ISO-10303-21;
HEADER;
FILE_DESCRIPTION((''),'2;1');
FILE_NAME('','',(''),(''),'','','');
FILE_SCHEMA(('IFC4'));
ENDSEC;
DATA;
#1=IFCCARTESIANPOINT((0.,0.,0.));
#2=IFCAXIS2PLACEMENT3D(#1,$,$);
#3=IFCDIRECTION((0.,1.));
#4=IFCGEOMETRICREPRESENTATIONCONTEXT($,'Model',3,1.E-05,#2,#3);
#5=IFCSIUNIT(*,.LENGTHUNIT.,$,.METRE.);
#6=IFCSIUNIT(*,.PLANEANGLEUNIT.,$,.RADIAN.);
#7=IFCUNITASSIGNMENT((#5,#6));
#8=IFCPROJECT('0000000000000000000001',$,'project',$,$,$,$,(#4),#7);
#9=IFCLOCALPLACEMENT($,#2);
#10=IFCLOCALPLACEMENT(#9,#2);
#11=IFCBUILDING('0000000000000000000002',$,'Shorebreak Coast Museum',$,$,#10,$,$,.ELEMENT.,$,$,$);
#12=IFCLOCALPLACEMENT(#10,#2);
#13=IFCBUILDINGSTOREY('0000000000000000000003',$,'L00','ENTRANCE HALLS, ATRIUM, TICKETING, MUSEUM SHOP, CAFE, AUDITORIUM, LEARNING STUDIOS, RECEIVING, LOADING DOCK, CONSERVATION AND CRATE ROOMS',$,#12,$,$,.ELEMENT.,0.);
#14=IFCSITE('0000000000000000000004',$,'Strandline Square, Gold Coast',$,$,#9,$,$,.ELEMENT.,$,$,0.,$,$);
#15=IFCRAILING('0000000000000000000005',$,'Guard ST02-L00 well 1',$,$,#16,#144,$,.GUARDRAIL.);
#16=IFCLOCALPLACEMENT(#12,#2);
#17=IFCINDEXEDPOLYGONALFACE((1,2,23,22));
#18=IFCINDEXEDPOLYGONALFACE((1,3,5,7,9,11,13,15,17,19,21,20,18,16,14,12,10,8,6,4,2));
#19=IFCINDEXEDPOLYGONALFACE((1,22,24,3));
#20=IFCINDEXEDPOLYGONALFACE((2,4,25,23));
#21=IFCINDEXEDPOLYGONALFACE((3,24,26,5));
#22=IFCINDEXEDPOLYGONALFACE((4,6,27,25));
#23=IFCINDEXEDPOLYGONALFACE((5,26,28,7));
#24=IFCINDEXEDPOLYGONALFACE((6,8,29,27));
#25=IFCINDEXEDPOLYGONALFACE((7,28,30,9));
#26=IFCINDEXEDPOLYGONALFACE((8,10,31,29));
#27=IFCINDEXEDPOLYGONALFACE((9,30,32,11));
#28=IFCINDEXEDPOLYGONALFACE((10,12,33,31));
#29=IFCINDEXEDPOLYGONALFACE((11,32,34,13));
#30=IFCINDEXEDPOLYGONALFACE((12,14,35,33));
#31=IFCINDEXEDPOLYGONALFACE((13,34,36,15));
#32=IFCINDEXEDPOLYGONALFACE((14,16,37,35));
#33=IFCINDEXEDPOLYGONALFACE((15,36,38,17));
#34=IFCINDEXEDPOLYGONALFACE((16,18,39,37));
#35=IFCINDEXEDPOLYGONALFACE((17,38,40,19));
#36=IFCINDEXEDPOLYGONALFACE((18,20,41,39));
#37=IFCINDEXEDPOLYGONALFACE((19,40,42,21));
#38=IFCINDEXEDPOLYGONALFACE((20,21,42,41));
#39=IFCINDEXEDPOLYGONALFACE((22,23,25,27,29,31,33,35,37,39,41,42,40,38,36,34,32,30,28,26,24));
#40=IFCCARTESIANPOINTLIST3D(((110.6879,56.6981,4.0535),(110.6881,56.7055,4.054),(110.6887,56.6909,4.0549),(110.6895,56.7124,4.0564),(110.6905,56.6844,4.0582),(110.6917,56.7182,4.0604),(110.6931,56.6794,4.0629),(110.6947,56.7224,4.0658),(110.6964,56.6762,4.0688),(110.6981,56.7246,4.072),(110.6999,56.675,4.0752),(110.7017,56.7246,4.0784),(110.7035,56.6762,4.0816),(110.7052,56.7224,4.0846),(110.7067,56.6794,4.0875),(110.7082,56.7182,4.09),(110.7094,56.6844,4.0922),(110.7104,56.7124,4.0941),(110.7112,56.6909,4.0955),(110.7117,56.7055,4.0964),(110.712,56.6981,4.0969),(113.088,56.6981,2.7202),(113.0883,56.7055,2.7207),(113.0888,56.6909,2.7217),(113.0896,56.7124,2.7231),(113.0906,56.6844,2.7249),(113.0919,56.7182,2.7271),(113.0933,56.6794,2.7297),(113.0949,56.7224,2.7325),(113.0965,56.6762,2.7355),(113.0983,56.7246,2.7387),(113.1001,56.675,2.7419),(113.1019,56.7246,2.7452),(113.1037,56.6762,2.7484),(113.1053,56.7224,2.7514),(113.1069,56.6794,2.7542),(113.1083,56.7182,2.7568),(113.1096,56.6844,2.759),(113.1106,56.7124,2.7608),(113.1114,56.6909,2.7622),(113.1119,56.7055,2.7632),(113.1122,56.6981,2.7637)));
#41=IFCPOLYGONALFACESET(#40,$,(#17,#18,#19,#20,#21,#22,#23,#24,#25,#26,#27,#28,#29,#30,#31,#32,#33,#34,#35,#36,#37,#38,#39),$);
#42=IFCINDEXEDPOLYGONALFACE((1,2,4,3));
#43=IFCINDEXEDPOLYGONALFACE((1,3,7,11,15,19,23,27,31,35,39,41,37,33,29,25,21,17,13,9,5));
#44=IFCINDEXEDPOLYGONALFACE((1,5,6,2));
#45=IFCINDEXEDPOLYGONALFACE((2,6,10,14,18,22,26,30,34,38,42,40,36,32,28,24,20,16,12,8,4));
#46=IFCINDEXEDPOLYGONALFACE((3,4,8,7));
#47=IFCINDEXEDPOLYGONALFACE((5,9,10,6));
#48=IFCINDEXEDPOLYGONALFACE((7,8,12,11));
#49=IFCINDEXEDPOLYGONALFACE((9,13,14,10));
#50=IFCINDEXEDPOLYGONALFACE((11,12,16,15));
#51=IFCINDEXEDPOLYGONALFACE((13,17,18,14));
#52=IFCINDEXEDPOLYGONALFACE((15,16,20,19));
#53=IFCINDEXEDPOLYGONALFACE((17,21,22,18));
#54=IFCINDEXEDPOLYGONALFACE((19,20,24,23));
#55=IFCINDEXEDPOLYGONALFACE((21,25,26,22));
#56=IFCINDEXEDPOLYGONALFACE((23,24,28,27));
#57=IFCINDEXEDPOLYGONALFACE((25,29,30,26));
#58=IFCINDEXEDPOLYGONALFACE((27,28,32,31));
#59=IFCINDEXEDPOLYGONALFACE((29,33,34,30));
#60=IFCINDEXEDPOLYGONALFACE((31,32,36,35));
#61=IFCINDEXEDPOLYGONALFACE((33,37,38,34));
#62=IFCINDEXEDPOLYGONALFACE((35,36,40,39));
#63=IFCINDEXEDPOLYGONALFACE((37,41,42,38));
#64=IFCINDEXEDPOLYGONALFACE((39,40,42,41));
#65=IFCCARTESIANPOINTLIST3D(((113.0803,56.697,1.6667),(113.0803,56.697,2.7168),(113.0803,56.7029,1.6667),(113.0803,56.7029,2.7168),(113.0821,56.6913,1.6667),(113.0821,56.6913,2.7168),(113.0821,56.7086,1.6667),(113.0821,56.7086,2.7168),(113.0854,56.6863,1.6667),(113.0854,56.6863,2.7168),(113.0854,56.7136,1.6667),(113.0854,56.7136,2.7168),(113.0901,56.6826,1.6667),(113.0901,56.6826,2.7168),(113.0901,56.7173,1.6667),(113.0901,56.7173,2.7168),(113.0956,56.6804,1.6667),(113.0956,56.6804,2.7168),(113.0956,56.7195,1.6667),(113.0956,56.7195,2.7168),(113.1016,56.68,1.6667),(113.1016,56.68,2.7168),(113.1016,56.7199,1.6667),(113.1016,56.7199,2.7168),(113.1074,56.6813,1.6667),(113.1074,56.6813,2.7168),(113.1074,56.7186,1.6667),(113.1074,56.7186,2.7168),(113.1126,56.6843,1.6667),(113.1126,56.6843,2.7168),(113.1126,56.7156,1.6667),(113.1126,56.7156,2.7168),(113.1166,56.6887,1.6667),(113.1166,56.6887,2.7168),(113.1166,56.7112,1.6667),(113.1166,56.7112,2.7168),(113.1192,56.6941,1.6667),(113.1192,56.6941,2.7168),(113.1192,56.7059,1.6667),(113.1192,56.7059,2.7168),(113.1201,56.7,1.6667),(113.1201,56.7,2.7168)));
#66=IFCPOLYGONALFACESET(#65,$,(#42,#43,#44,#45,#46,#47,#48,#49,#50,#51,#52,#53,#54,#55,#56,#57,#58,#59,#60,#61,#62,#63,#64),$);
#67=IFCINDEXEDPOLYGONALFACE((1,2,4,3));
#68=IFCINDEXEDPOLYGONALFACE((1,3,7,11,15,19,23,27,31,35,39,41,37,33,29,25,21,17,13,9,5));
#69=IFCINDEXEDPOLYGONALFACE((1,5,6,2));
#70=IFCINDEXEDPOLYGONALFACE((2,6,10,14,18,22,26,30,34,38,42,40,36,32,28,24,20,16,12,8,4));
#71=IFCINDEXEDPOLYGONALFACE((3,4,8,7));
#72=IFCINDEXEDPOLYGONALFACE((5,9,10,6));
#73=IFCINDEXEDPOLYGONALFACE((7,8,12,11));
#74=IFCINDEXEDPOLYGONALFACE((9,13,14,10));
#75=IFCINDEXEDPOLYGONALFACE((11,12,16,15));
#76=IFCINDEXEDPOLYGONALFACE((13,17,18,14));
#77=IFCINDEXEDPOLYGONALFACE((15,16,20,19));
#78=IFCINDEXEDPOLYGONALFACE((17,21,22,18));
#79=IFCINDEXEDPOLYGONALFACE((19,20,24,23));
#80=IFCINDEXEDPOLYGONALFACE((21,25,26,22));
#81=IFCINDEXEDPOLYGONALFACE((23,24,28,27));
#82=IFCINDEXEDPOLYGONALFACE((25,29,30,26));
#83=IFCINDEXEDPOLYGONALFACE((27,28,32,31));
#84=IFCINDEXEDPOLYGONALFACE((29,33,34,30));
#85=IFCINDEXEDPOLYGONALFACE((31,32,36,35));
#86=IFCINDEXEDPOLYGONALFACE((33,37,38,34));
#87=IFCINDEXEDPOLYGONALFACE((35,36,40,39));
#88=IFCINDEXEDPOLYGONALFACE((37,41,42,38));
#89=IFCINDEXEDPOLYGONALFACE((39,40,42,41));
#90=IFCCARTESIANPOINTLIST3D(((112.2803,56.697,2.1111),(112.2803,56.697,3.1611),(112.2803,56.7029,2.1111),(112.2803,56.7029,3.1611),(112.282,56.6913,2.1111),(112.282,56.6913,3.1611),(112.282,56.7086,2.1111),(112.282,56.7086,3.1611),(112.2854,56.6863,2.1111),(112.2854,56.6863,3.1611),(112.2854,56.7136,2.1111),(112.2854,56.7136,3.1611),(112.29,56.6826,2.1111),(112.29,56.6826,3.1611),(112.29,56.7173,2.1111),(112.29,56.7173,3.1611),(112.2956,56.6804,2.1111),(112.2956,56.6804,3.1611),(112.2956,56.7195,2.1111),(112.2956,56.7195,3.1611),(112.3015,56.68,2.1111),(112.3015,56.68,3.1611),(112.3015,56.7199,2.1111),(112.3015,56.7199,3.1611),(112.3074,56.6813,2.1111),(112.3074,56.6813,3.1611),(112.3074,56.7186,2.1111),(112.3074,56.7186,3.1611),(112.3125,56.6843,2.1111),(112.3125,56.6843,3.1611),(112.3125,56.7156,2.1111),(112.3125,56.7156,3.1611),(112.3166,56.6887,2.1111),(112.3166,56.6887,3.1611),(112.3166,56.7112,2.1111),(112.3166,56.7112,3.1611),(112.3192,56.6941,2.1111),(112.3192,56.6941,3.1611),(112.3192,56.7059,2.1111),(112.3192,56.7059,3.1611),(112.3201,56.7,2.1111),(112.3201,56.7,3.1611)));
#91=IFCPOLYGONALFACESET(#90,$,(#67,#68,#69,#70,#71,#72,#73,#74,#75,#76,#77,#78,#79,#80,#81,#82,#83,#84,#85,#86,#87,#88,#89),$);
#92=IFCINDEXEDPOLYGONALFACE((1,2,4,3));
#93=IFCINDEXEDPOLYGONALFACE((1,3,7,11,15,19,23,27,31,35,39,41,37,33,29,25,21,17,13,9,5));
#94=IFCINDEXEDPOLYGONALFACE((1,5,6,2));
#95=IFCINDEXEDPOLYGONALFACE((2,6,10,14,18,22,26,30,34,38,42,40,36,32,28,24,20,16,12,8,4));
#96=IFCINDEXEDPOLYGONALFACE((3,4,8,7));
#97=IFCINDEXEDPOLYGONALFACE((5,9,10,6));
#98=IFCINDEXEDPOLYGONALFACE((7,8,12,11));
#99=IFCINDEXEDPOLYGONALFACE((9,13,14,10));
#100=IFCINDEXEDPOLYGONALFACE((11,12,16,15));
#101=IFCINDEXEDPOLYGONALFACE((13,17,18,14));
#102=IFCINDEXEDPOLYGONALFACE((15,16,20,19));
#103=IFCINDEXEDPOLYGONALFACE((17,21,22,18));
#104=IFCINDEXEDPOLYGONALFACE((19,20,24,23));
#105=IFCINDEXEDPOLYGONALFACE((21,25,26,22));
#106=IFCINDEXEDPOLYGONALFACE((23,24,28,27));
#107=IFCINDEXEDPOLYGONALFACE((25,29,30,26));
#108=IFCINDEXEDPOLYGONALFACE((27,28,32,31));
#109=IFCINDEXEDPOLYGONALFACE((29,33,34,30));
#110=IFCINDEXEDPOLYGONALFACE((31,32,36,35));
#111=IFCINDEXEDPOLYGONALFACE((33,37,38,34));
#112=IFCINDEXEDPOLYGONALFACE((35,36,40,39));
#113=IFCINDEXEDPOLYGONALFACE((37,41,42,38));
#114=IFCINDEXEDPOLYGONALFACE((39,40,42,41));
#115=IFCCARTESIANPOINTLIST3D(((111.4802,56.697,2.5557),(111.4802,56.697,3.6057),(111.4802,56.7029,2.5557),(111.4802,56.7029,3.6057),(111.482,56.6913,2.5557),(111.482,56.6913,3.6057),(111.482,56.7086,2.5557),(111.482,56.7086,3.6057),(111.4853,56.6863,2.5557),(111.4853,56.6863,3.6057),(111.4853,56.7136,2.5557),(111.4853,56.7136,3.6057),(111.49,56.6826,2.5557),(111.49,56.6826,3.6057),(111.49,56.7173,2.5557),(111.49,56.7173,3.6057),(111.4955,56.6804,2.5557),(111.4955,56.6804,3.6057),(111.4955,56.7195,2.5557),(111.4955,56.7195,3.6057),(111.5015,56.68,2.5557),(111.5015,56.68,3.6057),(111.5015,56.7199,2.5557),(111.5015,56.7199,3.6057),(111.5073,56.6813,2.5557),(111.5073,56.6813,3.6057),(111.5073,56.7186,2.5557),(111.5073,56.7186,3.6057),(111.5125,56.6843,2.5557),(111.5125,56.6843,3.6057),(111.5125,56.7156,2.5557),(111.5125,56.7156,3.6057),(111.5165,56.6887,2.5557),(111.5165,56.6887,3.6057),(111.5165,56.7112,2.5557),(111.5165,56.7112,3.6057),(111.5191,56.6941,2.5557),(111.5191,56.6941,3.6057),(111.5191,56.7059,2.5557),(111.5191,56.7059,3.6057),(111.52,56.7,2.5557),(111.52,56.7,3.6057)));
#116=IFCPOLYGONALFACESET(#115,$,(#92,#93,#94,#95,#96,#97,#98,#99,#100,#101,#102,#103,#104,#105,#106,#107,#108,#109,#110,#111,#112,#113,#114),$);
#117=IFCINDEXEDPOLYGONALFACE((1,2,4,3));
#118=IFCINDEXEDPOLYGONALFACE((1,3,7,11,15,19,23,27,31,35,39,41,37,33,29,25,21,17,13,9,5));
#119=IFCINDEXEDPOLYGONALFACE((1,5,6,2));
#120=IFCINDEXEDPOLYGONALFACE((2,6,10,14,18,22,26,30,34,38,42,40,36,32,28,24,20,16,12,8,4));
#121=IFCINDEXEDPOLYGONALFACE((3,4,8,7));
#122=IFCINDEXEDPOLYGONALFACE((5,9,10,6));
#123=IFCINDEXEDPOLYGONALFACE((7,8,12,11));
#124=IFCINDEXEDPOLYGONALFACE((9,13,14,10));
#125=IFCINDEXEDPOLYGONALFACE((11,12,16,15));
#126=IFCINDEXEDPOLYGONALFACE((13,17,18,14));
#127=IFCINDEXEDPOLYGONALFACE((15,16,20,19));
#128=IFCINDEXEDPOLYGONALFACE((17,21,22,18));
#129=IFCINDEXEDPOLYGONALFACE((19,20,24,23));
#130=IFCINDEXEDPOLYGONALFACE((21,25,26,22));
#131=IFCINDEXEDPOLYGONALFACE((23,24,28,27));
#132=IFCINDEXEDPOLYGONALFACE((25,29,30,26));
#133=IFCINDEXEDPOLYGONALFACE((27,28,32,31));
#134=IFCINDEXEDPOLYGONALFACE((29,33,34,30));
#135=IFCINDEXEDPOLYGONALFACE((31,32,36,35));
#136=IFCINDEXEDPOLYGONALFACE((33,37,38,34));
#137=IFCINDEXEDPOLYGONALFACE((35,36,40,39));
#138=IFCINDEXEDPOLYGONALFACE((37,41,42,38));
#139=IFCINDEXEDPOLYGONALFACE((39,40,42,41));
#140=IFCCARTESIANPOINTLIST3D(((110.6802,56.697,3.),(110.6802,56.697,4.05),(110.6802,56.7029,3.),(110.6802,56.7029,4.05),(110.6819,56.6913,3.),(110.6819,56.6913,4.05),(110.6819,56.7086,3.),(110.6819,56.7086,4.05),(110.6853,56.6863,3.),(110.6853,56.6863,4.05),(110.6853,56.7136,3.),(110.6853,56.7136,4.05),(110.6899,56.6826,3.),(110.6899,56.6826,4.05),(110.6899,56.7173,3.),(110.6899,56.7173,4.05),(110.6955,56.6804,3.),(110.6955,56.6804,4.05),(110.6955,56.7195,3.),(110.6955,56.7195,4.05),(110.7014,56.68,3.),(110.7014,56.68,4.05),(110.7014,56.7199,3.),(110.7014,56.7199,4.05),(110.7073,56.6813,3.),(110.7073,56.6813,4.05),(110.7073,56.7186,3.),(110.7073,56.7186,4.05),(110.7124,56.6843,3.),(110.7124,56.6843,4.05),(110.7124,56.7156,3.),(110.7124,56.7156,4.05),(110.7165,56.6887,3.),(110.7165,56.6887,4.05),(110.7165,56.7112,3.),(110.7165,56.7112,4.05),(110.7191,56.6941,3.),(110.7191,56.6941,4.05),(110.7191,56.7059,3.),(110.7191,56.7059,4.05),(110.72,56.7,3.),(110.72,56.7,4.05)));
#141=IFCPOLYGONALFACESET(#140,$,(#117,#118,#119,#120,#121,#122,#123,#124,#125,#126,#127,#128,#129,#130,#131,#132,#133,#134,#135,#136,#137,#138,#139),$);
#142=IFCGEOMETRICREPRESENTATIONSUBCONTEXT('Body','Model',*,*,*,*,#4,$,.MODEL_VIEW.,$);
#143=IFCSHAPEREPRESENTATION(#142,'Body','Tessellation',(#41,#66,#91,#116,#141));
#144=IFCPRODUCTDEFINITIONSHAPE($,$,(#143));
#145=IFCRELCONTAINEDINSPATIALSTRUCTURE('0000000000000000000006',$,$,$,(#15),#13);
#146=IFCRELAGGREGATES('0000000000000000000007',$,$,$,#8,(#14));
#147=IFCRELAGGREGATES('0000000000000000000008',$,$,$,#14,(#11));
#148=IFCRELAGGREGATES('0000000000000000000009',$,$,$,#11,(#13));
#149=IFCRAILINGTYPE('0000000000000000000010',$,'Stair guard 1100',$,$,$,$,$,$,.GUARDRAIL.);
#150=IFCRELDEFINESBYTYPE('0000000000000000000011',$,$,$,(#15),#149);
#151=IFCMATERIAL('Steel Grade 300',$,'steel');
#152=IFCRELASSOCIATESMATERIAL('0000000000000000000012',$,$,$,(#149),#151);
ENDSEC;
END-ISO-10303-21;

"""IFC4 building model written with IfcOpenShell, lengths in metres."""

from ifc_helpers import new_model, si_unit, direction, frame, origin, origin_2d, place, context, subcontext, project, spatial, circle, extrude, material, type_object, element, save


model = new_model("IFC4")

# Units and contexts
model_context = context("Model", 3, precision=1e-05, world=origin(), true_north=direction((0.0, 1.0)))
body_context = subcontext(model_context, "Body", "Model", "MODEL_VIEW")
ifc_project = project(units=[si_unit("LENGTHUNIT", "METRE"), si_unit("PLANEANGLEUNIT", "RADIAN")], contexts=[model_context])

# Site, building, storey
site_placement = place(None, origin())
site = spatial("IfcSite", under=ifc_project, at=site_placement, Name="Strandline Square, Gold Coast", CompositionType="ELEMENT", RefElevation=0.0)
building_placement = place(site_placement, origin())
building = spatial("IfcBuilding", under=site, at=building_placement, Name="Shorebreak Coast Museum", CompositionType="ELEMENT")
storey_placement = place(building_placement, origin())
storey = spatial("IfcBuildingStorey", under=building, at=storey_placement, Name="L00", Description="ENTRANCE HALLS, ATRIUM, TICKETING, MUSEUM SHOP, CAFE, AUDITORIUM, LEARNING STUDIOS, RECEIVING, LOADING DOCK, CONSERVATION AND CRATE ROOMS", CompositionType="ELEMENT", Elevation=0.0)

# Railing
ifc_material_1 = material(Name="Steel Grade 300", Category="steel")
railing_type_1 = type_object("IfcRailingType", Name="Stair guard 1100", PredefinedType="GUARDRAIL", material=ifc_material_1)
for number, where, name in (
    (1, (113.1001, 56.7, 1.6667), "Guard ST02-L00 well 1"),
):
    element("IfcRailing", number, at=place(storey_placement, frame(where)), inside=storey, type_object=railing_type_1, Name=name, PredefinedType="GUARDRAIL", context=body_context, shape_type="SweptSolid", body=[
        extrude(circle(Radius=0.0249, at=origin_2d()), frame((0.0, 0.0, 1.0752), z_axis=(-0.874182, 0.0, 0.485598), x_axis=(0.0, -1.0, 0.0)), (0.0, 0.0, 1.0), 2.7456),
        extrude(circle(Radius=0.02, at=origin_2d()), origin(), (0.0, 0.0, 1.0), 1.05),
        extrude(circle(Radius=0.02, at=origin_2d()), frame((-0.8, 0.0, 0.4443)), (0.0, 0.0, 1.0), 1.05),
        extrude(circle(Radius=0.02, at=origin_2d()), frame((-1.6001, 0.0, 0.8889)), (0.0, 0.0, 1.0), 1.05),
        extrude(circle(Radius=0.02, at=origin_2d()), frame((-2.4001, 0.0, 1.3333)), (0.0, 0.0, 1.0), 1.05),
    ])

save(model, "model.ifc")
